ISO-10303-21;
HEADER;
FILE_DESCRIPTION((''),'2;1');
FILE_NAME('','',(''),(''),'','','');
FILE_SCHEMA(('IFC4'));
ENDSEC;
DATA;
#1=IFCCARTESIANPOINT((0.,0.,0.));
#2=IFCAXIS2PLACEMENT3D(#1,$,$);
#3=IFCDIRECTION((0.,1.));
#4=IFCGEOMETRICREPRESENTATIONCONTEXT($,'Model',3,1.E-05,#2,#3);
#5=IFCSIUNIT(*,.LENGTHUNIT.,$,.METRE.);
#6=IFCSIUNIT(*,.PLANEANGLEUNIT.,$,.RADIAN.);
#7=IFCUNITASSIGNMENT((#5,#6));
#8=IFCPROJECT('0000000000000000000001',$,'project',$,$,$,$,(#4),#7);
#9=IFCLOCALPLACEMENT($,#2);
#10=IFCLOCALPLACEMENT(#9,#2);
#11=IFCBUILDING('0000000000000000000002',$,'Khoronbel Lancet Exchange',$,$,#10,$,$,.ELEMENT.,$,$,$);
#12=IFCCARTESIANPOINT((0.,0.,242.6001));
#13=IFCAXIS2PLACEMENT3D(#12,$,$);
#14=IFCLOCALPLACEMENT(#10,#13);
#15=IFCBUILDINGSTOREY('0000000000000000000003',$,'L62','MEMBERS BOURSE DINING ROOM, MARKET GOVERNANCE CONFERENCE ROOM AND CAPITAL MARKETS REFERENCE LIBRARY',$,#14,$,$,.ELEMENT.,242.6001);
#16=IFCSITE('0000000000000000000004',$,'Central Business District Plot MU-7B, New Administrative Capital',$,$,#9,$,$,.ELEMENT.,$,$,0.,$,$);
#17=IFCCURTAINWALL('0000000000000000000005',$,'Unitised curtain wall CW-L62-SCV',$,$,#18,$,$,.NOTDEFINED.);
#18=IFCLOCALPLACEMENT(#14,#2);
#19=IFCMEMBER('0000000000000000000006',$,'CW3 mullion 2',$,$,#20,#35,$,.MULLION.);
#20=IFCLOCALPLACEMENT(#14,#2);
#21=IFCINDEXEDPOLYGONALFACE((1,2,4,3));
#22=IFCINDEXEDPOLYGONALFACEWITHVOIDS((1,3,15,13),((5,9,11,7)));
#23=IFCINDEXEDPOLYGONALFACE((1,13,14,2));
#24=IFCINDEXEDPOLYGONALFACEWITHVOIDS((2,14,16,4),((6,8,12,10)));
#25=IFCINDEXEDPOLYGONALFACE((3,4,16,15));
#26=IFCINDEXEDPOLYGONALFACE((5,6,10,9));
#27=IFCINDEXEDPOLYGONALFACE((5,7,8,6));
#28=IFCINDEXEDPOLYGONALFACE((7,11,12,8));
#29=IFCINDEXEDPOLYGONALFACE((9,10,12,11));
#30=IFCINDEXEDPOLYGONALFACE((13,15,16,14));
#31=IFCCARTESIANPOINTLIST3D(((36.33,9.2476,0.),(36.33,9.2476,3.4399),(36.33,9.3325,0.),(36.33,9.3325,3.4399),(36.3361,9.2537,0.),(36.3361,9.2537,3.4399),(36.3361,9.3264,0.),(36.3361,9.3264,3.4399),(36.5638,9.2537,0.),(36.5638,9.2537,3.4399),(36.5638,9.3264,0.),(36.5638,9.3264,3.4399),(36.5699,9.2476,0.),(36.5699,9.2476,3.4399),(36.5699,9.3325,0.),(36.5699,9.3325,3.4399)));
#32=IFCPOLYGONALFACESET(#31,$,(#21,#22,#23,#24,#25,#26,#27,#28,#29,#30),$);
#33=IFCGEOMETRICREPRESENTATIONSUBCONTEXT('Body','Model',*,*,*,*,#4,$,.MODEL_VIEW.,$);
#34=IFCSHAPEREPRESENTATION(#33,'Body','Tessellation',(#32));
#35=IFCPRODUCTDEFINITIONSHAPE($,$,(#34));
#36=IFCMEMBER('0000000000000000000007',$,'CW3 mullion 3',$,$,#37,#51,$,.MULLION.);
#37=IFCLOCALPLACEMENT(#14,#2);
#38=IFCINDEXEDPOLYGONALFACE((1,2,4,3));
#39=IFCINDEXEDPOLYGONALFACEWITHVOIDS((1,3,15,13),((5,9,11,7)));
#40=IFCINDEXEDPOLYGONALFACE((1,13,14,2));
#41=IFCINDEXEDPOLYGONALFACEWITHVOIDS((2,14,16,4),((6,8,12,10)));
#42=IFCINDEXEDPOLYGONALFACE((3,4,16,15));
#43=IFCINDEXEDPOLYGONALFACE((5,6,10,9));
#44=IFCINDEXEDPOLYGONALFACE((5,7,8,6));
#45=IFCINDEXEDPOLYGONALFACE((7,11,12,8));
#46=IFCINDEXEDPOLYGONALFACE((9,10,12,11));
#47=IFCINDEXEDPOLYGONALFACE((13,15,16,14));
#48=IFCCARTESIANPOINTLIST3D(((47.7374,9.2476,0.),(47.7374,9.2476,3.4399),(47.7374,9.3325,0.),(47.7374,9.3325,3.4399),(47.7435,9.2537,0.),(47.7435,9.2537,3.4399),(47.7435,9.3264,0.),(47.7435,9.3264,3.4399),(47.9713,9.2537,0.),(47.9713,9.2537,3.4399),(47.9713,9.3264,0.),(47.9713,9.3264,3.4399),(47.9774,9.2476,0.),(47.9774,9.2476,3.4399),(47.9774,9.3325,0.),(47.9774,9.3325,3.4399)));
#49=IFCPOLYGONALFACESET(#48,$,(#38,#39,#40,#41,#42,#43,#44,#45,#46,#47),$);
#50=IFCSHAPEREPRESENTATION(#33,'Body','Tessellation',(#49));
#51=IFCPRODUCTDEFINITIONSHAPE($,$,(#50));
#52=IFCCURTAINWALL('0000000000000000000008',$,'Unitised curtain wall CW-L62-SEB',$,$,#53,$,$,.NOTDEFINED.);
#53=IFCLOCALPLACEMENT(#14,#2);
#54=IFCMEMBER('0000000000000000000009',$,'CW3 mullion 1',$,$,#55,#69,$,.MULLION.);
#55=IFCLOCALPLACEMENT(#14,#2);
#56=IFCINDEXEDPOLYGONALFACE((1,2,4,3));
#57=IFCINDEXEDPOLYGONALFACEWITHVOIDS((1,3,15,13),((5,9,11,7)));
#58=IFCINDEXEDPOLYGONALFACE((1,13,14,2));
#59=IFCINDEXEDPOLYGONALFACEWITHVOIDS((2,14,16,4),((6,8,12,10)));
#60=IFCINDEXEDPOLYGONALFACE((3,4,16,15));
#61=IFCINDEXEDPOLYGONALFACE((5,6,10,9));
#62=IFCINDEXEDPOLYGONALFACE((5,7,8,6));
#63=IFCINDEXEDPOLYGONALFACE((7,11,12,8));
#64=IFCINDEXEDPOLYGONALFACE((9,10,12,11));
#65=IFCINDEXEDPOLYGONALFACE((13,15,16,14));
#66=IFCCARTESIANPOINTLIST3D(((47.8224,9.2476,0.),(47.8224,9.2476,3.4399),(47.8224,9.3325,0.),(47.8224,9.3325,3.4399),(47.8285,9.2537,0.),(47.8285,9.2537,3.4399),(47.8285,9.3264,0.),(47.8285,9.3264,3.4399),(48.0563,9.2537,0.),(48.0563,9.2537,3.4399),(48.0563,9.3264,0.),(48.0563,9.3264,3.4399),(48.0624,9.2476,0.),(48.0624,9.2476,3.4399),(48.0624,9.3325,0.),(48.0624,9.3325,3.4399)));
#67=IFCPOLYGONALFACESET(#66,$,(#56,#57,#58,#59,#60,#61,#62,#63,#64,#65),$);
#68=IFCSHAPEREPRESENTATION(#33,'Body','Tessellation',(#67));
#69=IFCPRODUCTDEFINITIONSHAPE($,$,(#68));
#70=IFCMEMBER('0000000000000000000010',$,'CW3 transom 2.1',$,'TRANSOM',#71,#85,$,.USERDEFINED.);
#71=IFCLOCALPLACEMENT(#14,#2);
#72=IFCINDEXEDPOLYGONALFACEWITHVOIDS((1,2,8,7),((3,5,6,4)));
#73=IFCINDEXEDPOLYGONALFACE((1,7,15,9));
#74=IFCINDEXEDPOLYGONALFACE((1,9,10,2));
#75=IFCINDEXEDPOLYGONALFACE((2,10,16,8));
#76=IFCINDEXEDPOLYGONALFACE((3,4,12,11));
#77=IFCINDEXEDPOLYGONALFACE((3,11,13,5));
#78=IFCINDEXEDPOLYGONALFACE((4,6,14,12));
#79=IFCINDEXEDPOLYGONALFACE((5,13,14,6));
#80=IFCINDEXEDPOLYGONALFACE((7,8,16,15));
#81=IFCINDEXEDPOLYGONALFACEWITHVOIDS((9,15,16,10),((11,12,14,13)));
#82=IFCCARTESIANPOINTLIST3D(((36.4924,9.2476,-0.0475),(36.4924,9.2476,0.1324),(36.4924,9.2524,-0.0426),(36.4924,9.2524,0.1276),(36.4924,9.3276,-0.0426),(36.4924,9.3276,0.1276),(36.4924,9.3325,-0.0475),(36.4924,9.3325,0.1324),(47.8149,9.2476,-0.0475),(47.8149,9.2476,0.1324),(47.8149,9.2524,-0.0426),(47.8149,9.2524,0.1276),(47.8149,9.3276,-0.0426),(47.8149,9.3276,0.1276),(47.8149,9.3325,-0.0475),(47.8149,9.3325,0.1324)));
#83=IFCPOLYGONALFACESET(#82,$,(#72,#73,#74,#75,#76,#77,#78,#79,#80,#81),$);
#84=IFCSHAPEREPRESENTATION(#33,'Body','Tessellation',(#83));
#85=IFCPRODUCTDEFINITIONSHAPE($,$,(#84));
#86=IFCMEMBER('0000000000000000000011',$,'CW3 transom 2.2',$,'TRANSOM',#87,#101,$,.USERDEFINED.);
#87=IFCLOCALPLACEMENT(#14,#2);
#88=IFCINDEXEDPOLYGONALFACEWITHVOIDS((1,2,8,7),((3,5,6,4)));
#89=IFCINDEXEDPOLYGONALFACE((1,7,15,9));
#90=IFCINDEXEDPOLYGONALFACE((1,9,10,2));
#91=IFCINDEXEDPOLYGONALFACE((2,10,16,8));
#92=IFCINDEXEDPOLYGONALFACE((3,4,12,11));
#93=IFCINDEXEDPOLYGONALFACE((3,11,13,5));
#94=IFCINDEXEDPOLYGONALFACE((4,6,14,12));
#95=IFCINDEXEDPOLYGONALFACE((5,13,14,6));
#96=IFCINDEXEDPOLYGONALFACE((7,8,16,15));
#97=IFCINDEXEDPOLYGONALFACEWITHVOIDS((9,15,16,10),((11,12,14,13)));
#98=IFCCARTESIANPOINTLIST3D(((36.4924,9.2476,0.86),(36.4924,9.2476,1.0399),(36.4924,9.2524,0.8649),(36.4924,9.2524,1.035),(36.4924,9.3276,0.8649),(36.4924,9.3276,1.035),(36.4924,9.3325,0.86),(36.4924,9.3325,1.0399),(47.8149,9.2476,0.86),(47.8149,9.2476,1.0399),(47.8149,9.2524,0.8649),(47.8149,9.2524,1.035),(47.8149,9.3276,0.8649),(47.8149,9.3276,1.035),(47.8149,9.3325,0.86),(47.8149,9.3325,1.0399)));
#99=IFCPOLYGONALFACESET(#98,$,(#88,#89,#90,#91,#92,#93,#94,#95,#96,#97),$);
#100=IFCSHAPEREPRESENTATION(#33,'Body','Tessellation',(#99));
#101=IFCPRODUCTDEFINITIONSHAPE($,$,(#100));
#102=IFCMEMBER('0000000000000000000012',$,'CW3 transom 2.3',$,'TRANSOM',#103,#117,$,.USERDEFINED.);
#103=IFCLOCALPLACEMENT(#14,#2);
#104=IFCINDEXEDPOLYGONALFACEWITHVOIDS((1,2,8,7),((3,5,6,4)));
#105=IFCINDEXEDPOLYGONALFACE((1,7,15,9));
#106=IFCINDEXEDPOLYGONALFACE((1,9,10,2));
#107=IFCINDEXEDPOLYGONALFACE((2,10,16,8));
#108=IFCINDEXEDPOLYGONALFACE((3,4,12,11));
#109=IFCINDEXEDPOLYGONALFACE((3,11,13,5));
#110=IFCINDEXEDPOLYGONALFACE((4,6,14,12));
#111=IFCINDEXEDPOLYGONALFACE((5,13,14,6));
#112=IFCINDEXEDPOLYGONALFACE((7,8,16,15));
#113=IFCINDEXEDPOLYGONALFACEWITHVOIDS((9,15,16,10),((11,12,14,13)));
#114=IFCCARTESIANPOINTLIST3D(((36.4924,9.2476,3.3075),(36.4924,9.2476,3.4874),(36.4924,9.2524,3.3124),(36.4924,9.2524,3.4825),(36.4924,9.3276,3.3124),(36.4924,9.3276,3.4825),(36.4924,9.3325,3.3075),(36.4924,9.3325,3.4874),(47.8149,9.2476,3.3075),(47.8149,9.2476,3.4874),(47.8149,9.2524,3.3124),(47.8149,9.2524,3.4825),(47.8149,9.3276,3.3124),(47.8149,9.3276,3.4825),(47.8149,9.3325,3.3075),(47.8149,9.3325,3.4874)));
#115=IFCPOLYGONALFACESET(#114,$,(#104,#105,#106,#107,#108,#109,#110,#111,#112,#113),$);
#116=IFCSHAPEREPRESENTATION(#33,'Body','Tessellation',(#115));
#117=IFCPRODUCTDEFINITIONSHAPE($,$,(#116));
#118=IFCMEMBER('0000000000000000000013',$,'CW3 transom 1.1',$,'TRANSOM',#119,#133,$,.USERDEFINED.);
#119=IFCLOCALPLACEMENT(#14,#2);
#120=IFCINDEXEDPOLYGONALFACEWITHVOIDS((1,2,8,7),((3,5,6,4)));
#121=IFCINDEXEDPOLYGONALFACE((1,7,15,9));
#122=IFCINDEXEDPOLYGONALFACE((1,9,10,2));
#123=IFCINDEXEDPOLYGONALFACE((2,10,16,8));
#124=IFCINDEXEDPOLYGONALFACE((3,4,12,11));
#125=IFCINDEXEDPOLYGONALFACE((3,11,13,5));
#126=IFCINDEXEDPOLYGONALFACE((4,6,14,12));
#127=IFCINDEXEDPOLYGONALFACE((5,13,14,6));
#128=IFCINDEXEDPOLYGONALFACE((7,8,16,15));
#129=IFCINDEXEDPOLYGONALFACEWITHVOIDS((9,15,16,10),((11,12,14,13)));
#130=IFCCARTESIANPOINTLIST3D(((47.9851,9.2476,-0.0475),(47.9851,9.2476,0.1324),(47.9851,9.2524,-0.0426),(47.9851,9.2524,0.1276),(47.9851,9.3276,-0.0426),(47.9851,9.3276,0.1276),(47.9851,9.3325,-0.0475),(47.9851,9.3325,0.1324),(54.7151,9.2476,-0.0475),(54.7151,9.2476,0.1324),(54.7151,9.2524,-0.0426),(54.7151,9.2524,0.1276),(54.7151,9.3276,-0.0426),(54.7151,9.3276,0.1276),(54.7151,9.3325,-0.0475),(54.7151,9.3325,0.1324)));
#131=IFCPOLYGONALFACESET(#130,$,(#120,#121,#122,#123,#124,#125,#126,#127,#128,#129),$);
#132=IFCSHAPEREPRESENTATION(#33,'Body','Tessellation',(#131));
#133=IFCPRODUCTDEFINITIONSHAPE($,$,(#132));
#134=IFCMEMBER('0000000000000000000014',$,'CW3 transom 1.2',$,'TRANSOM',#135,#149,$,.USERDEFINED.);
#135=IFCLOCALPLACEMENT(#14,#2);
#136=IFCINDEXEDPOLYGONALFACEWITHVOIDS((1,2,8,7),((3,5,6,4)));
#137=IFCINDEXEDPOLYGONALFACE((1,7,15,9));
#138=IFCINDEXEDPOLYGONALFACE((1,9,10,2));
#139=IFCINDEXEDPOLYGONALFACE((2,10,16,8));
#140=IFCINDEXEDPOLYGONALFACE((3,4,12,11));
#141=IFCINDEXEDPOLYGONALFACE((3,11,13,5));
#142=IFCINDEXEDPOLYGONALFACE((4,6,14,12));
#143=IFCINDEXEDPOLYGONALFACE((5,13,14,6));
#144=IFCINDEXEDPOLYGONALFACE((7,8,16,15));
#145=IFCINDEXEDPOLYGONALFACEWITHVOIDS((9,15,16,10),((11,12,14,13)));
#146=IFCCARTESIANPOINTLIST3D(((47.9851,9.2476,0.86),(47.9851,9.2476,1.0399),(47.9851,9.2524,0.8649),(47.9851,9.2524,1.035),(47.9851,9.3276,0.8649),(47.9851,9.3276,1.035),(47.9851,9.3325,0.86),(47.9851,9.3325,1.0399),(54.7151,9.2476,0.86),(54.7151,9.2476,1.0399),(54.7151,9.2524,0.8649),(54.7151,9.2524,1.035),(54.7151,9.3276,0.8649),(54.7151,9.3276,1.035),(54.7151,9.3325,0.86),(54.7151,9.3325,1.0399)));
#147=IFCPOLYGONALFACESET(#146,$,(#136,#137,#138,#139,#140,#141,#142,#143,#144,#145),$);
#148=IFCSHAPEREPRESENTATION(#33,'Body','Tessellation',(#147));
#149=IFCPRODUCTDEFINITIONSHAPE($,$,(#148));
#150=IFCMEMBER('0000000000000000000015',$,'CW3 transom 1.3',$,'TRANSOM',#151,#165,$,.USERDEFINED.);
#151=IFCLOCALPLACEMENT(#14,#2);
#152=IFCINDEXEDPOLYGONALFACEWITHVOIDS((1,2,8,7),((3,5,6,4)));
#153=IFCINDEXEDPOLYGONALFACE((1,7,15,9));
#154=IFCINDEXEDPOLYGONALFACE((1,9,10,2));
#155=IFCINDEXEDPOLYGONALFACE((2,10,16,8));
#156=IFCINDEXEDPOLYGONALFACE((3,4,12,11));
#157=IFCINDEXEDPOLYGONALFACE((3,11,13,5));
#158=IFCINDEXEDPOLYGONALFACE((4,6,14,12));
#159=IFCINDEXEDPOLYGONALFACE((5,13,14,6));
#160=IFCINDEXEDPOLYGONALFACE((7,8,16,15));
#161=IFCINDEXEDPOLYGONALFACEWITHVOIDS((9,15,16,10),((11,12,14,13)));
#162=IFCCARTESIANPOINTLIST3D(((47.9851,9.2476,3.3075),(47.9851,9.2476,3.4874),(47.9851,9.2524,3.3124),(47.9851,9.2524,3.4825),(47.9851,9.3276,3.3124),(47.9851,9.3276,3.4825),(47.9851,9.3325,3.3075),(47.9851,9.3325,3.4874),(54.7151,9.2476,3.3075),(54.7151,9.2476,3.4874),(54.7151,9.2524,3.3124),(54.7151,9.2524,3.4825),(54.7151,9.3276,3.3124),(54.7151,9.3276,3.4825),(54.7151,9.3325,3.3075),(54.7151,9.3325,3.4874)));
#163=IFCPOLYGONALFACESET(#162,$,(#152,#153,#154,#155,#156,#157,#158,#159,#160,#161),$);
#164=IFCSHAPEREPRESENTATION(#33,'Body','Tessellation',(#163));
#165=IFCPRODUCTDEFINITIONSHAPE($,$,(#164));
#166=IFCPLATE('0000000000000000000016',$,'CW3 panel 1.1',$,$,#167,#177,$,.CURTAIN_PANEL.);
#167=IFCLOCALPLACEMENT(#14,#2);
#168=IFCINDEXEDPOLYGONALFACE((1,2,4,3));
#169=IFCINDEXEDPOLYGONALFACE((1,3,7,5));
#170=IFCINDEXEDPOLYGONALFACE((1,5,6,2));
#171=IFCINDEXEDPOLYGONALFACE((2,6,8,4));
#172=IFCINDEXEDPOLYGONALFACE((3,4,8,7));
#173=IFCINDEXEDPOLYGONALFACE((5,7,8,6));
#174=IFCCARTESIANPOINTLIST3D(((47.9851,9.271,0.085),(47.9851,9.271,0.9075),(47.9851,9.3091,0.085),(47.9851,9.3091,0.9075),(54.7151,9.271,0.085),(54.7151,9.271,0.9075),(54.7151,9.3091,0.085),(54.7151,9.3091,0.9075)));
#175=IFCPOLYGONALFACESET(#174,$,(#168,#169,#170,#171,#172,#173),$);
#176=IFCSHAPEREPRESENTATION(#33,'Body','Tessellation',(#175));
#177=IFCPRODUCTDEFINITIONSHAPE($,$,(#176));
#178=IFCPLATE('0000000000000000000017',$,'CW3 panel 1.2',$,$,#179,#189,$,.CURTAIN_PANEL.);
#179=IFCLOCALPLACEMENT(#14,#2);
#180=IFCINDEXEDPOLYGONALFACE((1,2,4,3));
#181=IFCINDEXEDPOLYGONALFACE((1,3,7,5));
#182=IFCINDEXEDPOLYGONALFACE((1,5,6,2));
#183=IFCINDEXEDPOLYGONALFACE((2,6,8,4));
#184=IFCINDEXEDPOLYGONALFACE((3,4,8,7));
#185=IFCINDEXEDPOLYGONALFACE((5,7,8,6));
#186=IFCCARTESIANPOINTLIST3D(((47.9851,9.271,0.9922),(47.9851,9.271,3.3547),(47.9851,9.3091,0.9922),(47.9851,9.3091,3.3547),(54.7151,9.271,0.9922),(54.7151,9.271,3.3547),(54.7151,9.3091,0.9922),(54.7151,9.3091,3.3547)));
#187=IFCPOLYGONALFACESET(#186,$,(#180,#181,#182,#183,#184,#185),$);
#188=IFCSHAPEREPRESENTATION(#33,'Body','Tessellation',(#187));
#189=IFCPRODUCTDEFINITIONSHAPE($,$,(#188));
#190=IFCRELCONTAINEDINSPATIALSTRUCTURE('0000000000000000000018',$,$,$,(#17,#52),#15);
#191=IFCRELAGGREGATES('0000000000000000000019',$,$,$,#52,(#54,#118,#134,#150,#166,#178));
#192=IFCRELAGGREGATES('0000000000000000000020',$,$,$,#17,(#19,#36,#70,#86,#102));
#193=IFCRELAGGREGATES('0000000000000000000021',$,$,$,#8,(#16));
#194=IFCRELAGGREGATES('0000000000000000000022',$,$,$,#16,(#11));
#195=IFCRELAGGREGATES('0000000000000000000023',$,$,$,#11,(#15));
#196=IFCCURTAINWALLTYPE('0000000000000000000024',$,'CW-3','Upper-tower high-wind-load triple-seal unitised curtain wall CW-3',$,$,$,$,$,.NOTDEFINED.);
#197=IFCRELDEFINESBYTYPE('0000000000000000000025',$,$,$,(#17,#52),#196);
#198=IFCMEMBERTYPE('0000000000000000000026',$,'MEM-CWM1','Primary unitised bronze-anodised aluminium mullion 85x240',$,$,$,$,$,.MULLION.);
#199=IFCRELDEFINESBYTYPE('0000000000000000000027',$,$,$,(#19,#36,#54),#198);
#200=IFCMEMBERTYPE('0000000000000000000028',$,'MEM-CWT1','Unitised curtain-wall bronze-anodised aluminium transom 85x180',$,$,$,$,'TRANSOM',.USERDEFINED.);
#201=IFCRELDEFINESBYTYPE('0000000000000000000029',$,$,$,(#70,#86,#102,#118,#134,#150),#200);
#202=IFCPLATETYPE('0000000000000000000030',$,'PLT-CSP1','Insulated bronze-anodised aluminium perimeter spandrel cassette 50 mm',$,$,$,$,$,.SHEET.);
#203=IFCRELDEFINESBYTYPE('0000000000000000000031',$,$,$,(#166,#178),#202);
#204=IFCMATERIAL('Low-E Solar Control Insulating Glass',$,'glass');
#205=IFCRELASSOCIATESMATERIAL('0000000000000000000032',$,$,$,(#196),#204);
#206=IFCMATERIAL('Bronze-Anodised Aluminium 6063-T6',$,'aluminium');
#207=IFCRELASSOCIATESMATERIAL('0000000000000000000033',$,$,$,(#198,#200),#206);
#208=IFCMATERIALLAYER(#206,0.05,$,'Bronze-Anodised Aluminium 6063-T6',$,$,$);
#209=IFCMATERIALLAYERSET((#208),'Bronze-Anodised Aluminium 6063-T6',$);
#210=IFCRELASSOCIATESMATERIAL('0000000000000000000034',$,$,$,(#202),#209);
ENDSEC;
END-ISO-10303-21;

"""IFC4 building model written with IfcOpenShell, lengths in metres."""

from ifc_helpers import new_model, si_unit, direction, frame, origin, origin_2d, place, context, subcontext, project, spatial, rectangle, hollow_rectangle, extrude, material, layer, layer_set, material_profile, profile_set, type_object, element, aggregate, save


model = new_model("IFC4")

# Units and contexts
model_context = context("Model", 3, precision=1e-05, world=origin(), true_north=direction((0.0, 1.0)))
body_context = subcontext(model_context, "Body", "Model", "MODEL_VIEW")
ifc_project = project(units=[si_unit("LENGTHUNIT", "METRE"), si_unit("PLANEANGLEUNIT", "RADIAN")], contexts=[model_context])

# Site, building, storey
site_placement = place(None, origin())
site = spatial("IfcSite", under=ifc_project, at=site_placement, Name="Central Business District Plot MU-7B, New Administrative Capital", CompositionType="ELEMENT", RefElevation=0.0)
building_placement = place(site_placement, origin())
building = spatial("IfcBuilding", under=site, at=building_placement, Name="Khoronbel Lancet Exchange", CompositionType="ELEMENT")
storey_placement = place(building_placement, frame((0.0, 0.0, 242.6001)))
storey = spatial("IfcBuildingStorey", under=building, at=storey_placement, Name="L62", Description="MEMBERS BOURSE DINING ROOM, MARKET GOVERNANCE CONFERENCE ROOM AND CAPITAL MARKETS REFERENCE LIBRARY", CompositionType="ELEMENT", Elevation=242.6001)

# Curtain wall, members
ifc_material_1 = material(Name="Low-E Solar Control Insulating Glass", Category="glass")
curtain_wall_type = type_object("IfcCurtainWallType", Name="CW-3", Description="Upper-tower high-wind-load triple-seal unitised curtain wall CW-3", PredefinedType="NOTDEFINED", material=ifc_material_1)
curtain_wall_1_placement = place(storey_placement, origin())
curtain_wall_1 = element("IfcCurtainWall", 1, at=curtain_wall_1_placement, inside=storey, type_object=curtain_wall_type, Name="Unitised curtain wall CW-L62-SCV", PredefinedType="NOTDEFINED")
ifc_material_2 = material(Name="Bronze-Anodised Aluminium 6063-T6", Category="aluminium")
ifc_material_profile_1 = material_profile(ifc_material_2, hollow_rectangle(XDim=0.085, YDim=0.24, WallThickness=0.0061, at=origin_2d()), Name="ALU MULLION 85x240")
ifc_profile_set_1 = profile_set([ifc_material_profile_1], Name="Bronze-Anodised Aluminium 6063-T6")
member_type_1 = type_object("IfcMemberType", Name="MEM-CWM1", Description="Primary unitised bronze-anodised aluminium mullion 85x240", PredefinedType="MULLION", material=ifc_profile_set_1)
member_1_placement = place(storey_placement, frame((36.45, 9.29, 0.0), z_axis=(0.0, 0.0, 1.0), x_axis=(0.0, 1.0, 0.0)))
member_1 = element("IfcMember", 2, at=member_1_placement, type_object=member_type_1, Name="CW3 mullion 2", PredefinedType="MULLION", context=body_context, shape_type="SweptSolid", body=[
    extrude(hollow_rectangle(XDim=0.085, YDim=0.24, WallThickness=0.0061, at=origin_2d()), origin(), (0.0, 0.0, 1.0), 3.4399),
])
member_2_placement = place(storey_placement, frame((47.8574, 9.29, 0.0), z_axis=(0.0, 0.0, 1.0), x_axis=(0.0, 1.0, 0.0)))
member_2 = element("IfcMember", 3, at=member_2_placement, type_object=member_type_1, Name="CW3 mullion 3", PredefinedType="MULLION", context=body_context, shape_type="SweptSolid", body=[
    extrude(hollow_rectangle(XDim=0.085, YDim=0.24, WallThickness=0.0061, at=origin_2d()), origin(), (0.0, 0.0, 1.0), 3.4399),
])

# Curtain wall, member
curtain_wall_2_placement = place(storey_placement, origin())
curtain_wall_2 = element("IfcCurtainWall", 4, at=curtain_wall_2_placement, inside=storey, type_object=curtain_wall_type, Name="Unitised curtain wall CW-L62-SEB", PredefinedType="NOTDEFINED")
member_3_placement = place(storey_placement, frame((47.9424, 9.29, 0.0), z_axis=(0.0, 0.0, 1.0), x_axis=(0.0, 1.0, 0.0)))
member_3 = element("IfcMember", 5, at=member_3_placement, type_object=member_type_1, Name="CW3 mullion 1", PredefinedType="MULLION", context=body_context, shape_type="SweptSolid", body=[
    extrude(hollow_rectangle(XDim=0.085, YDim=0.24, WallThickness=0.0061, at=origin_2d()), origin(), (0.0, 0.0, 1.0), 3.4399),
])

# Members
ifc_material_profile_2 = material_profile(ifc_material_2, hollow_rectangle(XDim=0.085, YDim=0.1799, WallThickness=0.0049, at=origin_2d()), Name="ALU TRANSOM 85x180")
ifc_profile_set_2 = profile_set([ifc_material_profile_2], Name="Bronze-Anodised Aluminium 6063-T6")
member_type_2 = type_object("IfcMemberType", Name="MEM-CWT1", Description="Unitised curtain-wall bronze-anodised aluminium transom 85x180", ElementType="TRANSOM", PredefinedType="USERDEFINED", material=ifc_profile_set_2)
member_4_placement = place(storey_placement, frame((36.4924, 9.29, 0.0425), z_axis=(1.0, 0.0, 0.0), x_axis=(0.0, 1.0, 0.0)))
member_4 = element("IfcMember", 6, at=member_4_placement, type_object=member_type_2, Name="CW3 transom 2.1", ObjectType="TRANSOM", PredefinedType="USERDEFINED", context=body_context, shape_type="SweptSolid", body=[
    extrude(hollow_rectangle(XDim=0.085, YDim=0.1799, WallThickness=0.0049, at=origin_2d()), origin(), (0.0, 0.0, 1.0), 11.3225),
])
member_5_placement = place(storey_placement, frame((36.4924, 9.29, 0.95), z_axis=(1.0, 0.0, 0.0), x_axis=(0.0, 1.0, 0.0)))
member_5 = element("IfcMember", 7, at=member_5_placement, type_object=member_type_2, Name="CW3 transom 2.2", ObjectType="TRANSOM", PredefinedType="USERDEFINED", context=body_context, shape_type="SweptSolid", body=[
    extrude(hollow_rectangle(XDim=0.085, YDim=0.1799, WallThickness=0.0049, at=origin_2d()), origin(), (0.0, 0.0, 1.0), 11.3225),
])
member_6_placement = place(storey_placement, frame((36.4924, 9.29, 3.3975), z_axis=(1.0, 0.0, 0.0), x_axis=(0.0, 1.0, 0.0)))
member_6 = element("IfcMember", 8, at=member_6_placement, type_object=member_type_2, Name="CW3 transom 2.3", ObjectType="TRANSOM", PredefinedType="USERDEFINED", context=body_context, shape_type="SweptSolid", body=[
    extrude(hollow_rectangle(XDim=0.085, YDim=0.1799, WallThickness=0.0049, at=origin_2d()), origin(), (0.0, 0.0, 1.0), 11.3225),
])
member_7_placement = place(storey_placement, frame((47.9851, 9.29, 0.0425), z_axis=(1.0, 0.0, 0.0), x_axis=(0.0, 1.0, 0.0)))
member_7 = element("IfcMember", 9, at=member_7_placement, type_object=member_type_2, Name="CW3 transom 1.1", ObjectType="TRANSOM", PredefinedType="USERDEFINED", context=body_context, shape_type="SweptSolid", body=[
    extrude(hollow_rectangle(XDim=0.085, YDim=0.1799, WallThickness=0.0049, at=origin_2d()), origin(), (0.0, 0.0, 1.0), 6.73),
])
member_8_placement = place(storey_placement, frame((47.9851, 9.29, 0.95), z_axis=(1.0, 0.0, 0.0), x_axis=(0.0, 1.0, 0.0)))
member_8 = element("IfcMember", 10, at=member_8_placement, type_object=member_type_2, Name="CW3 transom 1.2", ObjectType="TRANSOM", PredefinedType="USERDEFINED", context=body_context, shape_type="SweptSolid", body=[
    extrude(hollow_rectangle(XDim=0.085, YDim=0.1799, WallThickness=0.0049, at=origin_2d()), origin(), (0.0, 0.0, 1.0), 6.73),
])
member_9_placement = place(storey_placement, frame((47.9851, 9.29, 3.3975), z_axis=(1.0, 0.0, 0.0), x_axis=(0.0, 1.0, 0.0)))
member_9 = element("IfcMember", 11, at=member_9_placement, type_object=member_type_2, Name="CW3 transom 1.3", ObjectType="TRANSOM", PredefinedType="USERDEFINED", context=body_context, shape_type="SweptSolid", body=[
    extrude(hollow_rectangle(XDim=0.085, YDim=0.1799, WallThickness=0.0049, at=origin_2d()), origin(), (0.0, 0.0, 1.0), 6.73),
])

# Plates
ifc_layer_1 = layer(ifc_material_2, 0.05, Name="Bronze-Anodised Aluminium 6063-T6")
ifc_layer_set_1 = layer_set([ifc_layer_1], Name="Bronze-Anodised Aluminium 6063-T6")
plate_type_1 = type_object("IfcPlateType", Name="PLT-CSP1", Description="Insulated bronze-anodised aluminium perimeter spandrel cassette 50 mm", PredefinedType="SHEET", material=ifc_layer_set_1)
plate_1_placement = place(storey_placement, frame((51.3501, 9.29, 0.085), z_axis=(0.0, 0.0, 1.0), x_axis=(1.0, 0.0, 0.0)))
plate_1 = element("IfcPlate", 12, at=plate_1_placement, type_object=plate_type_1, Name="CW3 panel 1.1", PredefinedType="CURTAIN_PANEL", context=body_context, shape_type="SweptSolid", body=[
    extrude(rectangle(XDim=6.73, YDim=0.0381, at=origin_2d()), origin(), (0.0, 0.0, 1.0), 0.8225),
])
plate_2_placement = place(storey_placement, frame((51.3501, 9.29, 0.9922), z_axis=(0.0, 0.0, 1.0), x_axis=(1.0, 0.0, 0.0)))
plate_2 = element("IfcPlate", 13, at=plate_2_placement, type_object=plate_type_1, Name="CW3 panel 1.2", PredefinedType="CURTAIN_PANEL", context=body_context, shape_type="SweptSolid", body=[
    extrude(rectangle(XDim=6.73, YDim=0.0381, at=origin_2d()), origin(), (0.0, 0.0, 1.0), 2.3625),
])
aggregate(curtain_wall_2, [member_3, member_7, member_8, member_9, plate_1, plate_2])
aggregate(curtain_wall_1, [member_1, member_2, member_4, member_5, member_6])

save(model, "model.ifc")
